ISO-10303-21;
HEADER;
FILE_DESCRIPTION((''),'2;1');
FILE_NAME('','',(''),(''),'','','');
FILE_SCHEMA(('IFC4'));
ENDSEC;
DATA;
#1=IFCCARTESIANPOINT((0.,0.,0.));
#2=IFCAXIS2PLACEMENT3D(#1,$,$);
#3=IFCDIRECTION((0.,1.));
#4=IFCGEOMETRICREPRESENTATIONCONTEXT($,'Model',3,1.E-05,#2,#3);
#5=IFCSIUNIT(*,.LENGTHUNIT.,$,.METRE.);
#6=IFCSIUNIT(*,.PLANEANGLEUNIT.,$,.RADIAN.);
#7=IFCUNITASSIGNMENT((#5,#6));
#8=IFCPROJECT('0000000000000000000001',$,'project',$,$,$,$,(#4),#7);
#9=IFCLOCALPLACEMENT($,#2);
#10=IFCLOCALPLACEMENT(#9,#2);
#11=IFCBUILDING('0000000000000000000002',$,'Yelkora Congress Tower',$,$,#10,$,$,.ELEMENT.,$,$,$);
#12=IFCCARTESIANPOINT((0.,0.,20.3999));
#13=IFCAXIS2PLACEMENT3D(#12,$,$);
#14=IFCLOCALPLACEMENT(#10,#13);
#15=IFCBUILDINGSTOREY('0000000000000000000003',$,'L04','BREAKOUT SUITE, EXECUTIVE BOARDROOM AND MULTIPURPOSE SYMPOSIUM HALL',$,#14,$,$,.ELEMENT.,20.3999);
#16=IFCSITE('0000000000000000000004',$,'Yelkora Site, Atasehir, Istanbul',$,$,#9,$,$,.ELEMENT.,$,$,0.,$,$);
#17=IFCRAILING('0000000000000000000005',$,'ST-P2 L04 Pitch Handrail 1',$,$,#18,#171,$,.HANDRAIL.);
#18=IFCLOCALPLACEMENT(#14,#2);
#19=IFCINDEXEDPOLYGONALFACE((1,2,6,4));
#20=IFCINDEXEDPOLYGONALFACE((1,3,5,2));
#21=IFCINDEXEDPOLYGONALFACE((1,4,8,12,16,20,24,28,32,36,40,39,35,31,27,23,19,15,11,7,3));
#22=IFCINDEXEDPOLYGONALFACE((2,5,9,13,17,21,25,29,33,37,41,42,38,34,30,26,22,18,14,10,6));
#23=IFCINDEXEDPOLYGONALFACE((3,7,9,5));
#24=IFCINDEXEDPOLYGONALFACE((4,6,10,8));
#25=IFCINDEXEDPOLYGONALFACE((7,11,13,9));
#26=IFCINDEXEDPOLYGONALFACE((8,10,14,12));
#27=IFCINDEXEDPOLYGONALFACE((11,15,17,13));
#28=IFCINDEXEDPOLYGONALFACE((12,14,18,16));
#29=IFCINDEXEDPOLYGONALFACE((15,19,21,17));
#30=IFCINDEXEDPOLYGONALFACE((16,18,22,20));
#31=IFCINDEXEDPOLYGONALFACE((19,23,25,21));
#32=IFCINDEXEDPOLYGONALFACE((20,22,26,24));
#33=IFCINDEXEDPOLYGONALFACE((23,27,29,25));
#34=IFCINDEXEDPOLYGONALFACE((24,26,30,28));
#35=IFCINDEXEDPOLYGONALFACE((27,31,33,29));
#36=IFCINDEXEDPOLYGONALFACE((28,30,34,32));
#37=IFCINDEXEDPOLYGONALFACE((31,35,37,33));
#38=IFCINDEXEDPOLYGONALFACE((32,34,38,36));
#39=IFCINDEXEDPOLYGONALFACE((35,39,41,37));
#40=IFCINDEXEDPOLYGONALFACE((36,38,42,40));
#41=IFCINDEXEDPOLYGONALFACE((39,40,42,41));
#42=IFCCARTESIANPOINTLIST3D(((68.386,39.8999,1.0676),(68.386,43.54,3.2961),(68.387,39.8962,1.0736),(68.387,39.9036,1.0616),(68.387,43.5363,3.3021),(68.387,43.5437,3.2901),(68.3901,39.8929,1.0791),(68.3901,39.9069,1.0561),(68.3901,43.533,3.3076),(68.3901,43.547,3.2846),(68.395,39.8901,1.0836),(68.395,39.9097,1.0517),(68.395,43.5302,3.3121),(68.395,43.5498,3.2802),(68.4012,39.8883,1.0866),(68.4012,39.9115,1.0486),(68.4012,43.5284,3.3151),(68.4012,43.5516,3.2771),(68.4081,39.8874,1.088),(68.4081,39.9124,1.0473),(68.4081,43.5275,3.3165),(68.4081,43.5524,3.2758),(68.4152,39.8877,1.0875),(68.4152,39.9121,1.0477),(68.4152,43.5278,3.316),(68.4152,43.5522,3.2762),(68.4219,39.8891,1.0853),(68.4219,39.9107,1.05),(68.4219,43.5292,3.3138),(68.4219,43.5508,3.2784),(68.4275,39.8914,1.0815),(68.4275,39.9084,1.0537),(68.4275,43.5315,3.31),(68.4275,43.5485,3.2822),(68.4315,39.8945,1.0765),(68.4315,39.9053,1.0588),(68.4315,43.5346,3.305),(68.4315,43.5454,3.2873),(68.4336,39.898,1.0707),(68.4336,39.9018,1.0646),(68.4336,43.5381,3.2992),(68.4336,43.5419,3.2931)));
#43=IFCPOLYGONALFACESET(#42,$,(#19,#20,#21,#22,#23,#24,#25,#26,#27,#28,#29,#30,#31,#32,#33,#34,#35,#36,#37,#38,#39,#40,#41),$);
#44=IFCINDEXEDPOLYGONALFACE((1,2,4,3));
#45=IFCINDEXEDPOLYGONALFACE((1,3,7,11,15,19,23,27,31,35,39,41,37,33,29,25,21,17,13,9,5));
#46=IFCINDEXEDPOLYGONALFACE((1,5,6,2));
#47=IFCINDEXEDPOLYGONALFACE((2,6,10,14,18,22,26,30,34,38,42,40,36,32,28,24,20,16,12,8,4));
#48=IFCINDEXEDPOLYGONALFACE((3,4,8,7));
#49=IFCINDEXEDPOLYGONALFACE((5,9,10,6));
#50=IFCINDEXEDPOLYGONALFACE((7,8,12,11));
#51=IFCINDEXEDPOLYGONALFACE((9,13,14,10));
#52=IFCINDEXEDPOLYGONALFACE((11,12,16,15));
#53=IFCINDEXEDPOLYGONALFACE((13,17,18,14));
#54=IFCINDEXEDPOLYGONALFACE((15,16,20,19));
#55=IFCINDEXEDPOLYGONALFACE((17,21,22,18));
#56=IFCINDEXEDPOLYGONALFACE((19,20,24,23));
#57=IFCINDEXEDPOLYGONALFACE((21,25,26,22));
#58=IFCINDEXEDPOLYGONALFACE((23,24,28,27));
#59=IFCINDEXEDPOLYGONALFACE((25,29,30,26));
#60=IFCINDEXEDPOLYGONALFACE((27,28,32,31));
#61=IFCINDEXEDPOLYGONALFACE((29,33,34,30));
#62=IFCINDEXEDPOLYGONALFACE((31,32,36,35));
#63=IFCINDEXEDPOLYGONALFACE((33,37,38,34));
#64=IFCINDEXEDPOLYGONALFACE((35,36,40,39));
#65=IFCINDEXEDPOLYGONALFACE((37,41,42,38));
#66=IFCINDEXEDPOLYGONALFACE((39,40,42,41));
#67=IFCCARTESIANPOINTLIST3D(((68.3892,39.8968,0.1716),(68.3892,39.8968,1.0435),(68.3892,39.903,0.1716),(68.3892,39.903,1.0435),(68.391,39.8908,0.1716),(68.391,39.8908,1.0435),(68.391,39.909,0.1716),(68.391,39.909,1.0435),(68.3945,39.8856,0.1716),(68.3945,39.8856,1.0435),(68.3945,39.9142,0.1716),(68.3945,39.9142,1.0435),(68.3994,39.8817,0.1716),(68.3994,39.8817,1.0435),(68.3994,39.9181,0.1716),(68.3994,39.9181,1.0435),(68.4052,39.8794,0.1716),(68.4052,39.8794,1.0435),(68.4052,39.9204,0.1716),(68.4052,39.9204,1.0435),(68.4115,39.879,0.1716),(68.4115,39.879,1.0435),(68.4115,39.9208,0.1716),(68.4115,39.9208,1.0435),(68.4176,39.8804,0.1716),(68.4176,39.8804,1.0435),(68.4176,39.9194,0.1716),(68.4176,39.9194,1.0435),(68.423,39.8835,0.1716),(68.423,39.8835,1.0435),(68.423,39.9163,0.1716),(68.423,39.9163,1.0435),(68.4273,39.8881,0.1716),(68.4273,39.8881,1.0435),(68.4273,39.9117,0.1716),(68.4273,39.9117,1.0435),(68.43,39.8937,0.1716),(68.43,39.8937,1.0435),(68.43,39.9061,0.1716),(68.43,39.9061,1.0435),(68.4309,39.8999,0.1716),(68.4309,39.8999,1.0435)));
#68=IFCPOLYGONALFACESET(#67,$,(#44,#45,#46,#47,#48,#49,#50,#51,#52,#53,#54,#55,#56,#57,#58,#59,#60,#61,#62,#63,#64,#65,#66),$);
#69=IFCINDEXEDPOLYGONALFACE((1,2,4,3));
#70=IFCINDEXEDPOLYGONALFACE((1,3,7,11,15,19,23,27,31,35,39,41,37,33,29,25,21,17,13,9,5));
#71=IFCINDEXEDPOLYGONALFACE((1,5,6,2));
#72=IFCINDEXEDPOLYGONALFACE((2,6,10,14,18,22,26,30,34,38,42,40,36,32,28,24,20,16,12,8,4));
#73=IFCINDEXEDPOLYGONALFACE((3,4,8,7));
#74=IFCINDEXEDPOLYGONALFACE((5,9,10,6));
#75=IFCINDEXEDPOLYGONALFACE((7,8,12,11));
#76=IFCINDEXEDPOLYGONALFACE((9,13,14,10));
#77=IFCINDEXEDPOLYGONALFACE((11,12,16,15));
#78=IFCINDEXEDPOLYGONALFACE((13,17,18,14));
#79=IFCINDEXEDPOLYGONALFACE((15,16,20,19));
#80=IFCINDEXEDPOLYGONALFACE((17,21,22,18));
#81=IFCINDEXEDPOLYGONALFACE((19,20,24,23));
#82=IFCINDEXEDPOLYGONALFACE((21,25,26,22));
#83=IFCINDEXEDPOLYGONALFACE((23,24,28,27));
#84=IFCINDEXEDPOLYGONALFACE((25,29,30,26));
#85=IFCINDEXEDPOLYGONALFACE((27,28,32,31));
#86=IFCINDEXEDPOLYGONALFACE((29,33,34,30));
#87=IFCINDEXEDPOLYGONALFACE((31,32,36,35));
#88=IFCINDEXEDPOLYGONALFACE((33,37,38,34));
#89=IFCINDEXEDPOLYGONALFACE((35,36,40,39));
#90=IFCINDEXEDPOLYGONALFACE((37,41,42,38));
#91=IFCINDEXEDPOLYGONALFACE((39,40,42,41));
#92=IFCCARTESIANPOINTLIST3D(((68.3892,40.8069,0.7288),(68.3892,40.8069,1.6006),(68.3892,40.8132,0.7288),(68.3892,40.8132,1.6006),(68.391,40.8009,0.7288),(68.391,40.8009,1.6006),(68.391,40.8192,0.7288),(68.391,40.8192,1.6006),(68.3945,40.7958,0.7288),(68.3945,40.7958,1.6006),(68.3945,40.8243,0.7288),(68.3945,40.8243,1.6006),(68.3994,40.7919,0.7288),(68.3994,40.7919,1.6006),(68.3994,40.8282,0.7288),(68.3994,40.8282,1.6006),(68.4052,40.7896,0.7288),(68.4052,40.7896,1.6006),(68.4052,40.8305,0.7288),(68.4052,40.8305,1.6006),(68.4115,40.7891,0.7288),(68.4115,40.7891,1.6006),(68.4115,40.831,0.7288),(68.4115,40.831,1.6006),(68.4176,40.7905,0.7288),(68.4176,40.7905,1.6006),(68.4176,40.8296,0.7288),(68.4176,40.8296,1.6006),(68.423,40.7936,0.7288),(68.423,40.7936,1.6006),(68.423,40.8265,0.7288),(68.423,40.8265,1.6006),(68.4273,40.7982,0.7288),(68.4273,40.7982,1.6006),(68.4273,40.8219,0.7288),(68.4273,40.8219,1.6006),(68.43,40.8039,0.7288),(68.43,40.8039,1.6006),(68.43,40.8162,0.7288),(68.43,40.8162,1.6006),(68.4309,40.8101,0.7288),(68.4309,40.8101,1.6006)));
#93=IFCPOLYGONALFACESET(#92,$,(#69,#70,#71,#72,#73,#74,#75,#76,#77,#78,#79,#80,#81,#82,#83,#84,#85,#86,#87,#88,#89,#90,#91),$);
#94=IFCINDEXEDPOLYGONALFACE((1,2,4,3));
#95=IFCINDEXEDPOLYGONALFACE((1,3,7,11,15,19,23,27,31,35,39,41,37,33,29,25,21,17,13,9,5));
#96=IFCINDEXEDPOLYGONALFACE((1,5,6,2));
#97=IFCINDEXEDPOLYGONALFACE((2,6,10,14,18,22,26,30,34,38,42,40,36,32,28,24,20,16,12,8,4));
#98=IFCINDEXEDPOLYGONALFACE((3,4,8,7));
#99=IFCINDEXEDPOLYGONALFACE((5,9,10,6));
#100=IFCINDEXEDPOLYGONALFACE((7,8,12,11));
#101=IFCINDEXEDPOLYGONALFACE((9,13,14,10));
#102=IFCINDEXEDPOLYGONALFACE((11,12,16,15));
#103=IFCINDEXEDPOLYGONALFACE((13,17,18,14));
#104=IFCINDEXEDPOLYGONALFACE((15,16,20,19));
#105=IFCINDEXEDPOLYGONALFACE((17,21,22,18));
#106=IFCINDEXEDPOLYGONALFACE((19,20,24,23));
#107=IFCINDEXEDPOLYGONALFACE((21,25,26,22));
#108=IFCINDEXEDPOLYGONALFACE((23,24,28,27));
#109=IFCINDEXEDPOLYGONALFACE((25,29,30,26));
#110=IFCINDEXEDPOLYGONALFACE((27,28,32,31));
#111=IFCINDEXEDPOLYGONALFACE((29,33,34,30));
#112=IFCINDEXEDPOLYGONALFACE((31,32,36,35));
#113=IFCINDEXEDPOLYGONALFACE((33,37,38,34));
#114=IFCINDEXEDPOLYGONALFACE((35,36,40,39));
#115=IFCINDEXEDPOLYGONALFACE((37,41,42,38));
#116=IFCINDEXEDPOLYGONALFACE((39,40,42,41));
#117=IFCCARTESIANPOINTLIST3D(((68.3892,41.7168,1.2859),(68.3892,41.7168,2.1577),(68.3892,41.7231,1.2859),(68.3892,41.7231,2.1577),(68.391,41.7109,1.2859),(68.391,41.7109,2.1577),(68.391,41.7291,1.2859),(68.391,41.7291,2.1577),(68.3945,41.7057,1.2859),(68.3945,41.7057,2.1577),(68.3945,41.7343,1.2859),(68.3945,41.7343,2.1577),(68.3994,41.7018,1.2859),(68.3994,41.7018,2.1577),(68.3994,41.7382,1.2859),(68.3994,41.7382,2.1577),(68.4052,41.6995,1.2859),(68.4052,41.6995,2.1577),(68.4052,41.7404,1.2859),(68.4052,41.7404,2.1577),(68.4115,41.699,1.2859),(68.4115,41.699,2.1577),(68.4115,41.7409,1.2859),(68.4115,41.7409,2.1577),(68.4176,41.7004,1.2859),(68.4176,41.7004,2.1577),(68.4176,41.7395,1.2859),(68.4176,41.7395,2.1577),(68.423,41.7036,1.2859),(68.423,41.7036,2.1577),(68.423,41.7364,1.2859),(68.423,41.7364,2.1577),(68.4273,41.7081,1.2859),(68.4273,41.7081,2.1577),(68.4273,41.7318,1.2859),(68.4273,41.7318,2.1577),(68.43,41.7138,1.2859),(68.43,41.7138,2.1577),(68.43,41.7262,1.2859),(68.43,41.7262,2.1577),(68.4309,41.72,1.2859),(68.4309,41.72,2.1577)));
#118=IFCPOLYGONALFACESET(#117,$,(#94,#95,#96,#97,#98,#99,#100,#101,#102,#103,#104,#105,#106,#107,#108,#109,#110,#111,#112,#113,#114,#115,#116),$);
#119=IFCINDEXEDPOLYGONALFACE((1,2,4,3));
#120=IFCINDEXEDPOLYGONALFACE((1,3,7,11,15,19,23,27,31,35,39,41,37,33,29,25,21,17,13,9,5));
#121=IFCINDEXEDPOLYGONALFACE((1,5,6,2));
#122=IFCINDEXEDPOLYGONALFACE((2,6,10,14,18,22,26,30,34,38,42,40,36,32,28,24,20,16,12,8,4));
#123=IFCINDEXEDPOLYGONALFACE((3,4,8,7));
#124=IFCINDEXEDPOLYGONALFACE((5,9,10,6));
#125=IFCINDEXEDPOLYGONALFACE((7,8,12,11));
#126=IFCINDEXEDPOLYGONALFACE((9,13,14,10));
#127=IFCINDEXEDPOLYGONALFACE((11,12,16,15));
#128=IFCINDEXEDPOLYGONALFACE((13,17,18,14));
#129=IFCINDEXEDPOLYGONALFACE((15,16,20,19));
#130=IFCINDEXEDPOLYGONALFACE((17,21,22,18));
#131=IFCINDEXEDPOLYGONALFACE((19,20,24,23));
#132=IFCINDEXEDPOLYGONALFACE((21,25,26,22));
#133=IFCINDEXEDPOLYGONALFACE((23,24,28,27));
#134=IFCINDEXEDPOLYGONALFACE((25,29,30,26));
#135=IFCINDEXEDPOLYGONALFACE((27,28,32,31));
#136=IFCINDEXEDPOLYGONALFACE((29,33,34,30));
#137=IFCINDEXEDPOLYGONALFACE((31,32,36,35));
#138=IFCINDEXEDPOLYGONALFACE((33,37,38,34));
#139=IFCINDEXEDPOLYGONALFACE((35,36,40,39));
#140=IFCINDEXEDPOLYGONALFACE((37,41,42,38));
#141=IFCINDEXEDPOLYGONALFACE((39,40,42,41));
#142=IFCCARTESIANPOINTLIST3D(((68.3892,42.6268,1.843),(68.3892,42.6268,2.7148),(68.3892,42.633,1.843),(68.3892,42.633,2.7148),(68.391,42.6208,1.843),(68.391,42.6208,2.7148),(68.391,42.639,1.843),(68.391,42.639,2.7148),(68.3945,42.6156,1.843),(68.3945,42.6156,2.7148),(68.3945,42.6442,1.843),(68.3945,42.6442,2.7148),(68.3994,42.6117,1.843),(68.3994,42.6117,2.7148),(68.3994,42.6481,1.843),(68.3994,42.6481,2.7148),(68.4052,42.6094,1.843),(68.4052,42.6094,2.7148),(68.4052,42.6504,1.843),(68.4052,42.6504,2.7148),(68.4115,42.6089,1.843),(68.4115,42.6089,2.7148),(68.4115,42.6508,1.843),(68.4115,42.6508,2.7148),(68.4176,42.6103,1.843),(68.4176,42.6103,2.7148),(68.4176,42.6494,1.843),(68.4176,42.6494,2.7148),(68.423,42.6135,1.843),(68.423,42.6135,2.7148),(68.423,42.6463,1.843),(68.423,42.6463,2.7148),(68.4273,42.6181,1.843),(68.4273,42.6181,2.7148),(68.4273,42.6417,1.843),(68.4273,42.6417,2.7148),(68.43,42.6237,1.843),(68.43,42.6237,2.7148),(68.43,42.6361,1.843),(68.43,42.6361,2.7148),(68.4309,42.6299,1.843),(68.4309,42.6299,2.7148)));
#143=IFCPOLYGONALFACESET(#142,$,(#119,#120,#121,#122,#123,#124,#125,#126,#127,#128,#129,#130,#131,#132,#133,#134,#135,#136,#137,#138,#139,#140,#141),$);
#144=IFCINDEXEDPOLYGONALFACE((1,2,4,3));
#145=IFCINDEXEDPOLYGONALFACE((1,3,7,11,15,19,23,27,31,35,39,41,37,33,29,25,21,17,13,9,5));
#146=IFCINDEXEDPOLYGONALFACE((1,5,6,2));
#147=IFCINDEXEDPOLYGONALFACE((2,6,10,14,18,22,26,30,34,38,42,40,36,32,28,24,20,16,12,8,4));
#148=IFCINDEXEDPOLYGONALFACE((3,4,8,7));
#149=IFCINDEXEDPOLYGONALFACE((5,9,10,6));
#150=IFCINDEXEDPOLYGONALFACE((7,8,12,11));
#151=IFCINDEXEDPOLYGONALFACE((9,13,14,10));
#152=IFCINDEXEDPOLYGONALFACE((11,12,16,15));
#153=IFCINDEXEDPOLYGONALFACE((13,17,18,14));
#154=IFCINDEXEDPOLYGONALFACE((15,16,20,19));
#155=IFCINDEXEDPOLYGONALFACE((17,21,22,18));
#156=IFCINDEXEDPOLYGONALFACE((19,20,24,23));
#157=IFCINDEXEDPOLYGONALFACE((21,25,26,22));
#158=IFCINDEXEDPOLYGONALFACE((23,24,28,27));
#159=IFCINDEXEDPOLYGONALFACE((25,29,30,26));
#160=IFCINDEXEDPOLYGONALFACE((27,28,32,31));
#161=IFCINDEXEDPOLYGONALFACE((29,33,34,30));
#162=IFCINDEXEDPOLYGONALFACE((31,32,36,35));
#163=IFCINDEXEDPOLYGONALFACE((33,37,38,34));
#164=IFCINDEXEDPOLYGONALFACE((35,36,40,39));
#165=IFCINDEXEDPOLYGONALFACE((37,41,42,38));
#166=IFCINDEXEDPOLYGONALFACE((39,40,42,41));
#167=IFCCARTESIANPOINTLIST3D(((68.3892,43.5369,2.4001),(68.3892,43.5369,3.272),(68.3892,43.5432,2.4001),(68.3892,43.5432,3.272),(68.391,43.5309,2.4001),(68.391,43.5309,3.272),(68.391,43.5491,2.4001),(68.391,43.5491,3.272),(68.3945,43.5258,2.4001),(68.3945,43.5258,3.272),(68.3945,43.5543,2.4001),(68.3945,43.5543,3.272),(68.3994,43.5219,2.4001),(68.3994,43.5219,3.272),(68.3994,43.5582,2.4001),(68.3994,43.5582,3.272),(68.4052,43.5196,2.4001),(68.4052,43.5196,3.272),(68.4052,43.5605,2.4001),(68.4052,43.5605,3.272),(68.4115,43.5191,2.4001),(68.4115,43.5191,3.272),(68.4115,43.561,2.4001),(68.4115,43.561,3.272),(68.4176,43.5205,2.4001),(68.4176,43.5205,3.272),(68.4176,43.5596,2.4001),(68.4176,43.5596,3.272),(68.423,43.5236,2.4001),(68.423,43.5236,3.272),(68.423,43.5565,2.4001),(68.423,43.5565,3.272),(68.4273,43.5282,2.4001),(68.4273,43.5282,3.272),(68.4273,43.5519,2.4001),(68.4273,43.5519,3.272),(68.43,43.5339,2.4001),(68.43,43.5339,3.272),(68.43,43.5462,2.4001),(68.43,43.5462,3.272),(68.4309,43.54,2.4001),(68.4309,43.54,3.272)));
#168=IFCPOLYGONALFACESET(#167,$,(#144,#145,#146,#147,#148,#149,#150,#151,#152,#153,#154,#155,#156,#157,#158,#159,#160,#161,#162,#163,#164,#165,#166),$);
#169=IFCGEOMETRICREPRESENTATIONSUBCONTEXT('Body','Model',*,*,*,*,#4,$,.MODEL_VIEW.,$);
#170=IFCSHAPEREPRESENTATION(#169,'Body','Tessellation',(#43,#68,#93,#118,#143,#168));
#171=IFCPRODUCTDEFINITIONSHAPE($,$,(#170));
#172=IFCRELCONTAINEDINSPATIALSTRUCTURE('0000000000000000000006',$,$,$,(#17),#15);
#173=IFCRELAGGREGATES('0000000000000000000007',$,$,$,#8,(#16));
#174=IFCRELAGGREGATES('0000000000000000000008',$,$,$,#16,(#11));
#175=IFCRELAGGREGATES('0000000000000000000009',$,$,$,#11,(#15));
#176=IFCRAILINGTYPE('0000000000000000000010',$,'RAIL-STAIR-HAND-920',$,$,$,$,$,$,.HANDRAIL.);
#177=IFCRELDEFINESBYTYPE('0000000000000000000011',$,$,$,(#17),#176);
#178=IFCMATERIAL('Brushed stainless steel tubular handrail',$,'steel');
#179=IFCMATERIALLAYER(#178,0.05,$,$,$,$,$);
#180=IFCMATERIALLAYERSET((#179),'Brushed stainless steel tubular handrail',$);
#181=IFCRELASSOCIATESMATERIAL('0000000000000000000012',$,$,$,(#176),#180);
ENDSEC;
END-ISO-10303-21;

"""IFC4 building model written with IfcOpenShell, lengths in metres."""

from ifc_helpers import new_model, si_unit, direction, frame, origin, origin_2d, place, context, subcontext, project, spatial, circle, extrude, material, layer, layer_set, type_object, element, save


model = new_model("IFC4")

# Units and contexts
model_context = context("Model", 3, precision=1e-05, world=origin(), true_north=direction((0.0, 1.0)))
body_context = subcontext(model_context, "Body", "Model", "MODEL_VIEW")
ifc_project = project(units=[si_unit("LENGTHUNIT", "METRE"), si_unit("PLANEANGLEUNIT", "RADIAN")], contexts=[model_context])

# Site, building, storey
site_placement = place(None, origin())
site = spatial("IfcSite", under=ifc_project, at=site_placement, Name="Yelkora Site, Atasehir, Istanbul", CompositionType="ELEMENT", RefElevation=0.0)
building_placement = place(site_placement, origin())
building = spatial("IfcBuilding", under=site, at=building_placement, Name="Yelkora Congress Tower", CompositionType="ELEMENT")
storey_placement = place(building_placement, frame((0.0, 0.0, 20.3999)))
storey = spatial("IfcBuildingStorey", under=building, at=storey_placement, Name="L04", Description="BREAKOUT SUITE, EXECUTIVE BOARDROOM AND MULTIPURPOSE SYMPOSIUM HALL", CompositionType="ELEMENT", Elevation=20.3999)

# Railing
ifc_material_1 = material(Name="Brushed stainless steel tubular handrail", Category="steel")
ifc_layer_1 = layer(ifc_material_1, 0.05)
ifc_layer_set_1 = layer_set([ifc_layer_1], Name="Brushed stainless steel tubular handrail")
railing_type_1 = type_object("IfcRailingType", Name="RAIL-STAIR-HAND-920", PredefinedType="HANDRAIL", material=ifc_layer_set_1)
railing_1_placement = place(storey_placement, frame((68.4099, 39.8999, 0.1716)))
element("IfcRailing", 1, at=railing_1_placement, inside=storey, type_object=railing_type_1, Name="ST-P2 L04 Pitch Handrail 1", PredefinedType="HANDRAIL", context=body_context, shape_type="SweptSolid", body=[
    extrude(circle(Radius=0.0239, at=origin_2d()), frame((0.0, 0.0, 0.896), z_axis=(0.0, 0.852866, 0.52213), x_axis=(-1.0, 0.0, 0.0)), (0.0, 0.0, 1.0), 4.2681),
    extrude(circle(Radius=0.021, at=origin_2d()), origin(), (0.0, 0.0, 1.0), 0.8718),
    extrude(circle(Radius=0.021, at=origin_2d()), frame((0.0, 0.9102, 0.5571)), (0.0, 0.0, 1.0), 0.8718),
    extrude(circle(Radius=0.021, at=origin_2d()), frame((0.0, 1.8201, 1.1143)), (0.0, 0.0, 1.0), 0.8718),
    extrude(circle(Radius=0.021, at=origin_2d()), frame((0.0, 2.73, 1.6714)), (0.0, 0.0, 1.0), 0.8718),
    extrude(circle(Radius=0.021, at=origin_2d()), frame((0.0, 3.6401, 2.2285)), (0.0, 0.0, 1.0), 0.8718),
])

save(model, "model.ifc")
